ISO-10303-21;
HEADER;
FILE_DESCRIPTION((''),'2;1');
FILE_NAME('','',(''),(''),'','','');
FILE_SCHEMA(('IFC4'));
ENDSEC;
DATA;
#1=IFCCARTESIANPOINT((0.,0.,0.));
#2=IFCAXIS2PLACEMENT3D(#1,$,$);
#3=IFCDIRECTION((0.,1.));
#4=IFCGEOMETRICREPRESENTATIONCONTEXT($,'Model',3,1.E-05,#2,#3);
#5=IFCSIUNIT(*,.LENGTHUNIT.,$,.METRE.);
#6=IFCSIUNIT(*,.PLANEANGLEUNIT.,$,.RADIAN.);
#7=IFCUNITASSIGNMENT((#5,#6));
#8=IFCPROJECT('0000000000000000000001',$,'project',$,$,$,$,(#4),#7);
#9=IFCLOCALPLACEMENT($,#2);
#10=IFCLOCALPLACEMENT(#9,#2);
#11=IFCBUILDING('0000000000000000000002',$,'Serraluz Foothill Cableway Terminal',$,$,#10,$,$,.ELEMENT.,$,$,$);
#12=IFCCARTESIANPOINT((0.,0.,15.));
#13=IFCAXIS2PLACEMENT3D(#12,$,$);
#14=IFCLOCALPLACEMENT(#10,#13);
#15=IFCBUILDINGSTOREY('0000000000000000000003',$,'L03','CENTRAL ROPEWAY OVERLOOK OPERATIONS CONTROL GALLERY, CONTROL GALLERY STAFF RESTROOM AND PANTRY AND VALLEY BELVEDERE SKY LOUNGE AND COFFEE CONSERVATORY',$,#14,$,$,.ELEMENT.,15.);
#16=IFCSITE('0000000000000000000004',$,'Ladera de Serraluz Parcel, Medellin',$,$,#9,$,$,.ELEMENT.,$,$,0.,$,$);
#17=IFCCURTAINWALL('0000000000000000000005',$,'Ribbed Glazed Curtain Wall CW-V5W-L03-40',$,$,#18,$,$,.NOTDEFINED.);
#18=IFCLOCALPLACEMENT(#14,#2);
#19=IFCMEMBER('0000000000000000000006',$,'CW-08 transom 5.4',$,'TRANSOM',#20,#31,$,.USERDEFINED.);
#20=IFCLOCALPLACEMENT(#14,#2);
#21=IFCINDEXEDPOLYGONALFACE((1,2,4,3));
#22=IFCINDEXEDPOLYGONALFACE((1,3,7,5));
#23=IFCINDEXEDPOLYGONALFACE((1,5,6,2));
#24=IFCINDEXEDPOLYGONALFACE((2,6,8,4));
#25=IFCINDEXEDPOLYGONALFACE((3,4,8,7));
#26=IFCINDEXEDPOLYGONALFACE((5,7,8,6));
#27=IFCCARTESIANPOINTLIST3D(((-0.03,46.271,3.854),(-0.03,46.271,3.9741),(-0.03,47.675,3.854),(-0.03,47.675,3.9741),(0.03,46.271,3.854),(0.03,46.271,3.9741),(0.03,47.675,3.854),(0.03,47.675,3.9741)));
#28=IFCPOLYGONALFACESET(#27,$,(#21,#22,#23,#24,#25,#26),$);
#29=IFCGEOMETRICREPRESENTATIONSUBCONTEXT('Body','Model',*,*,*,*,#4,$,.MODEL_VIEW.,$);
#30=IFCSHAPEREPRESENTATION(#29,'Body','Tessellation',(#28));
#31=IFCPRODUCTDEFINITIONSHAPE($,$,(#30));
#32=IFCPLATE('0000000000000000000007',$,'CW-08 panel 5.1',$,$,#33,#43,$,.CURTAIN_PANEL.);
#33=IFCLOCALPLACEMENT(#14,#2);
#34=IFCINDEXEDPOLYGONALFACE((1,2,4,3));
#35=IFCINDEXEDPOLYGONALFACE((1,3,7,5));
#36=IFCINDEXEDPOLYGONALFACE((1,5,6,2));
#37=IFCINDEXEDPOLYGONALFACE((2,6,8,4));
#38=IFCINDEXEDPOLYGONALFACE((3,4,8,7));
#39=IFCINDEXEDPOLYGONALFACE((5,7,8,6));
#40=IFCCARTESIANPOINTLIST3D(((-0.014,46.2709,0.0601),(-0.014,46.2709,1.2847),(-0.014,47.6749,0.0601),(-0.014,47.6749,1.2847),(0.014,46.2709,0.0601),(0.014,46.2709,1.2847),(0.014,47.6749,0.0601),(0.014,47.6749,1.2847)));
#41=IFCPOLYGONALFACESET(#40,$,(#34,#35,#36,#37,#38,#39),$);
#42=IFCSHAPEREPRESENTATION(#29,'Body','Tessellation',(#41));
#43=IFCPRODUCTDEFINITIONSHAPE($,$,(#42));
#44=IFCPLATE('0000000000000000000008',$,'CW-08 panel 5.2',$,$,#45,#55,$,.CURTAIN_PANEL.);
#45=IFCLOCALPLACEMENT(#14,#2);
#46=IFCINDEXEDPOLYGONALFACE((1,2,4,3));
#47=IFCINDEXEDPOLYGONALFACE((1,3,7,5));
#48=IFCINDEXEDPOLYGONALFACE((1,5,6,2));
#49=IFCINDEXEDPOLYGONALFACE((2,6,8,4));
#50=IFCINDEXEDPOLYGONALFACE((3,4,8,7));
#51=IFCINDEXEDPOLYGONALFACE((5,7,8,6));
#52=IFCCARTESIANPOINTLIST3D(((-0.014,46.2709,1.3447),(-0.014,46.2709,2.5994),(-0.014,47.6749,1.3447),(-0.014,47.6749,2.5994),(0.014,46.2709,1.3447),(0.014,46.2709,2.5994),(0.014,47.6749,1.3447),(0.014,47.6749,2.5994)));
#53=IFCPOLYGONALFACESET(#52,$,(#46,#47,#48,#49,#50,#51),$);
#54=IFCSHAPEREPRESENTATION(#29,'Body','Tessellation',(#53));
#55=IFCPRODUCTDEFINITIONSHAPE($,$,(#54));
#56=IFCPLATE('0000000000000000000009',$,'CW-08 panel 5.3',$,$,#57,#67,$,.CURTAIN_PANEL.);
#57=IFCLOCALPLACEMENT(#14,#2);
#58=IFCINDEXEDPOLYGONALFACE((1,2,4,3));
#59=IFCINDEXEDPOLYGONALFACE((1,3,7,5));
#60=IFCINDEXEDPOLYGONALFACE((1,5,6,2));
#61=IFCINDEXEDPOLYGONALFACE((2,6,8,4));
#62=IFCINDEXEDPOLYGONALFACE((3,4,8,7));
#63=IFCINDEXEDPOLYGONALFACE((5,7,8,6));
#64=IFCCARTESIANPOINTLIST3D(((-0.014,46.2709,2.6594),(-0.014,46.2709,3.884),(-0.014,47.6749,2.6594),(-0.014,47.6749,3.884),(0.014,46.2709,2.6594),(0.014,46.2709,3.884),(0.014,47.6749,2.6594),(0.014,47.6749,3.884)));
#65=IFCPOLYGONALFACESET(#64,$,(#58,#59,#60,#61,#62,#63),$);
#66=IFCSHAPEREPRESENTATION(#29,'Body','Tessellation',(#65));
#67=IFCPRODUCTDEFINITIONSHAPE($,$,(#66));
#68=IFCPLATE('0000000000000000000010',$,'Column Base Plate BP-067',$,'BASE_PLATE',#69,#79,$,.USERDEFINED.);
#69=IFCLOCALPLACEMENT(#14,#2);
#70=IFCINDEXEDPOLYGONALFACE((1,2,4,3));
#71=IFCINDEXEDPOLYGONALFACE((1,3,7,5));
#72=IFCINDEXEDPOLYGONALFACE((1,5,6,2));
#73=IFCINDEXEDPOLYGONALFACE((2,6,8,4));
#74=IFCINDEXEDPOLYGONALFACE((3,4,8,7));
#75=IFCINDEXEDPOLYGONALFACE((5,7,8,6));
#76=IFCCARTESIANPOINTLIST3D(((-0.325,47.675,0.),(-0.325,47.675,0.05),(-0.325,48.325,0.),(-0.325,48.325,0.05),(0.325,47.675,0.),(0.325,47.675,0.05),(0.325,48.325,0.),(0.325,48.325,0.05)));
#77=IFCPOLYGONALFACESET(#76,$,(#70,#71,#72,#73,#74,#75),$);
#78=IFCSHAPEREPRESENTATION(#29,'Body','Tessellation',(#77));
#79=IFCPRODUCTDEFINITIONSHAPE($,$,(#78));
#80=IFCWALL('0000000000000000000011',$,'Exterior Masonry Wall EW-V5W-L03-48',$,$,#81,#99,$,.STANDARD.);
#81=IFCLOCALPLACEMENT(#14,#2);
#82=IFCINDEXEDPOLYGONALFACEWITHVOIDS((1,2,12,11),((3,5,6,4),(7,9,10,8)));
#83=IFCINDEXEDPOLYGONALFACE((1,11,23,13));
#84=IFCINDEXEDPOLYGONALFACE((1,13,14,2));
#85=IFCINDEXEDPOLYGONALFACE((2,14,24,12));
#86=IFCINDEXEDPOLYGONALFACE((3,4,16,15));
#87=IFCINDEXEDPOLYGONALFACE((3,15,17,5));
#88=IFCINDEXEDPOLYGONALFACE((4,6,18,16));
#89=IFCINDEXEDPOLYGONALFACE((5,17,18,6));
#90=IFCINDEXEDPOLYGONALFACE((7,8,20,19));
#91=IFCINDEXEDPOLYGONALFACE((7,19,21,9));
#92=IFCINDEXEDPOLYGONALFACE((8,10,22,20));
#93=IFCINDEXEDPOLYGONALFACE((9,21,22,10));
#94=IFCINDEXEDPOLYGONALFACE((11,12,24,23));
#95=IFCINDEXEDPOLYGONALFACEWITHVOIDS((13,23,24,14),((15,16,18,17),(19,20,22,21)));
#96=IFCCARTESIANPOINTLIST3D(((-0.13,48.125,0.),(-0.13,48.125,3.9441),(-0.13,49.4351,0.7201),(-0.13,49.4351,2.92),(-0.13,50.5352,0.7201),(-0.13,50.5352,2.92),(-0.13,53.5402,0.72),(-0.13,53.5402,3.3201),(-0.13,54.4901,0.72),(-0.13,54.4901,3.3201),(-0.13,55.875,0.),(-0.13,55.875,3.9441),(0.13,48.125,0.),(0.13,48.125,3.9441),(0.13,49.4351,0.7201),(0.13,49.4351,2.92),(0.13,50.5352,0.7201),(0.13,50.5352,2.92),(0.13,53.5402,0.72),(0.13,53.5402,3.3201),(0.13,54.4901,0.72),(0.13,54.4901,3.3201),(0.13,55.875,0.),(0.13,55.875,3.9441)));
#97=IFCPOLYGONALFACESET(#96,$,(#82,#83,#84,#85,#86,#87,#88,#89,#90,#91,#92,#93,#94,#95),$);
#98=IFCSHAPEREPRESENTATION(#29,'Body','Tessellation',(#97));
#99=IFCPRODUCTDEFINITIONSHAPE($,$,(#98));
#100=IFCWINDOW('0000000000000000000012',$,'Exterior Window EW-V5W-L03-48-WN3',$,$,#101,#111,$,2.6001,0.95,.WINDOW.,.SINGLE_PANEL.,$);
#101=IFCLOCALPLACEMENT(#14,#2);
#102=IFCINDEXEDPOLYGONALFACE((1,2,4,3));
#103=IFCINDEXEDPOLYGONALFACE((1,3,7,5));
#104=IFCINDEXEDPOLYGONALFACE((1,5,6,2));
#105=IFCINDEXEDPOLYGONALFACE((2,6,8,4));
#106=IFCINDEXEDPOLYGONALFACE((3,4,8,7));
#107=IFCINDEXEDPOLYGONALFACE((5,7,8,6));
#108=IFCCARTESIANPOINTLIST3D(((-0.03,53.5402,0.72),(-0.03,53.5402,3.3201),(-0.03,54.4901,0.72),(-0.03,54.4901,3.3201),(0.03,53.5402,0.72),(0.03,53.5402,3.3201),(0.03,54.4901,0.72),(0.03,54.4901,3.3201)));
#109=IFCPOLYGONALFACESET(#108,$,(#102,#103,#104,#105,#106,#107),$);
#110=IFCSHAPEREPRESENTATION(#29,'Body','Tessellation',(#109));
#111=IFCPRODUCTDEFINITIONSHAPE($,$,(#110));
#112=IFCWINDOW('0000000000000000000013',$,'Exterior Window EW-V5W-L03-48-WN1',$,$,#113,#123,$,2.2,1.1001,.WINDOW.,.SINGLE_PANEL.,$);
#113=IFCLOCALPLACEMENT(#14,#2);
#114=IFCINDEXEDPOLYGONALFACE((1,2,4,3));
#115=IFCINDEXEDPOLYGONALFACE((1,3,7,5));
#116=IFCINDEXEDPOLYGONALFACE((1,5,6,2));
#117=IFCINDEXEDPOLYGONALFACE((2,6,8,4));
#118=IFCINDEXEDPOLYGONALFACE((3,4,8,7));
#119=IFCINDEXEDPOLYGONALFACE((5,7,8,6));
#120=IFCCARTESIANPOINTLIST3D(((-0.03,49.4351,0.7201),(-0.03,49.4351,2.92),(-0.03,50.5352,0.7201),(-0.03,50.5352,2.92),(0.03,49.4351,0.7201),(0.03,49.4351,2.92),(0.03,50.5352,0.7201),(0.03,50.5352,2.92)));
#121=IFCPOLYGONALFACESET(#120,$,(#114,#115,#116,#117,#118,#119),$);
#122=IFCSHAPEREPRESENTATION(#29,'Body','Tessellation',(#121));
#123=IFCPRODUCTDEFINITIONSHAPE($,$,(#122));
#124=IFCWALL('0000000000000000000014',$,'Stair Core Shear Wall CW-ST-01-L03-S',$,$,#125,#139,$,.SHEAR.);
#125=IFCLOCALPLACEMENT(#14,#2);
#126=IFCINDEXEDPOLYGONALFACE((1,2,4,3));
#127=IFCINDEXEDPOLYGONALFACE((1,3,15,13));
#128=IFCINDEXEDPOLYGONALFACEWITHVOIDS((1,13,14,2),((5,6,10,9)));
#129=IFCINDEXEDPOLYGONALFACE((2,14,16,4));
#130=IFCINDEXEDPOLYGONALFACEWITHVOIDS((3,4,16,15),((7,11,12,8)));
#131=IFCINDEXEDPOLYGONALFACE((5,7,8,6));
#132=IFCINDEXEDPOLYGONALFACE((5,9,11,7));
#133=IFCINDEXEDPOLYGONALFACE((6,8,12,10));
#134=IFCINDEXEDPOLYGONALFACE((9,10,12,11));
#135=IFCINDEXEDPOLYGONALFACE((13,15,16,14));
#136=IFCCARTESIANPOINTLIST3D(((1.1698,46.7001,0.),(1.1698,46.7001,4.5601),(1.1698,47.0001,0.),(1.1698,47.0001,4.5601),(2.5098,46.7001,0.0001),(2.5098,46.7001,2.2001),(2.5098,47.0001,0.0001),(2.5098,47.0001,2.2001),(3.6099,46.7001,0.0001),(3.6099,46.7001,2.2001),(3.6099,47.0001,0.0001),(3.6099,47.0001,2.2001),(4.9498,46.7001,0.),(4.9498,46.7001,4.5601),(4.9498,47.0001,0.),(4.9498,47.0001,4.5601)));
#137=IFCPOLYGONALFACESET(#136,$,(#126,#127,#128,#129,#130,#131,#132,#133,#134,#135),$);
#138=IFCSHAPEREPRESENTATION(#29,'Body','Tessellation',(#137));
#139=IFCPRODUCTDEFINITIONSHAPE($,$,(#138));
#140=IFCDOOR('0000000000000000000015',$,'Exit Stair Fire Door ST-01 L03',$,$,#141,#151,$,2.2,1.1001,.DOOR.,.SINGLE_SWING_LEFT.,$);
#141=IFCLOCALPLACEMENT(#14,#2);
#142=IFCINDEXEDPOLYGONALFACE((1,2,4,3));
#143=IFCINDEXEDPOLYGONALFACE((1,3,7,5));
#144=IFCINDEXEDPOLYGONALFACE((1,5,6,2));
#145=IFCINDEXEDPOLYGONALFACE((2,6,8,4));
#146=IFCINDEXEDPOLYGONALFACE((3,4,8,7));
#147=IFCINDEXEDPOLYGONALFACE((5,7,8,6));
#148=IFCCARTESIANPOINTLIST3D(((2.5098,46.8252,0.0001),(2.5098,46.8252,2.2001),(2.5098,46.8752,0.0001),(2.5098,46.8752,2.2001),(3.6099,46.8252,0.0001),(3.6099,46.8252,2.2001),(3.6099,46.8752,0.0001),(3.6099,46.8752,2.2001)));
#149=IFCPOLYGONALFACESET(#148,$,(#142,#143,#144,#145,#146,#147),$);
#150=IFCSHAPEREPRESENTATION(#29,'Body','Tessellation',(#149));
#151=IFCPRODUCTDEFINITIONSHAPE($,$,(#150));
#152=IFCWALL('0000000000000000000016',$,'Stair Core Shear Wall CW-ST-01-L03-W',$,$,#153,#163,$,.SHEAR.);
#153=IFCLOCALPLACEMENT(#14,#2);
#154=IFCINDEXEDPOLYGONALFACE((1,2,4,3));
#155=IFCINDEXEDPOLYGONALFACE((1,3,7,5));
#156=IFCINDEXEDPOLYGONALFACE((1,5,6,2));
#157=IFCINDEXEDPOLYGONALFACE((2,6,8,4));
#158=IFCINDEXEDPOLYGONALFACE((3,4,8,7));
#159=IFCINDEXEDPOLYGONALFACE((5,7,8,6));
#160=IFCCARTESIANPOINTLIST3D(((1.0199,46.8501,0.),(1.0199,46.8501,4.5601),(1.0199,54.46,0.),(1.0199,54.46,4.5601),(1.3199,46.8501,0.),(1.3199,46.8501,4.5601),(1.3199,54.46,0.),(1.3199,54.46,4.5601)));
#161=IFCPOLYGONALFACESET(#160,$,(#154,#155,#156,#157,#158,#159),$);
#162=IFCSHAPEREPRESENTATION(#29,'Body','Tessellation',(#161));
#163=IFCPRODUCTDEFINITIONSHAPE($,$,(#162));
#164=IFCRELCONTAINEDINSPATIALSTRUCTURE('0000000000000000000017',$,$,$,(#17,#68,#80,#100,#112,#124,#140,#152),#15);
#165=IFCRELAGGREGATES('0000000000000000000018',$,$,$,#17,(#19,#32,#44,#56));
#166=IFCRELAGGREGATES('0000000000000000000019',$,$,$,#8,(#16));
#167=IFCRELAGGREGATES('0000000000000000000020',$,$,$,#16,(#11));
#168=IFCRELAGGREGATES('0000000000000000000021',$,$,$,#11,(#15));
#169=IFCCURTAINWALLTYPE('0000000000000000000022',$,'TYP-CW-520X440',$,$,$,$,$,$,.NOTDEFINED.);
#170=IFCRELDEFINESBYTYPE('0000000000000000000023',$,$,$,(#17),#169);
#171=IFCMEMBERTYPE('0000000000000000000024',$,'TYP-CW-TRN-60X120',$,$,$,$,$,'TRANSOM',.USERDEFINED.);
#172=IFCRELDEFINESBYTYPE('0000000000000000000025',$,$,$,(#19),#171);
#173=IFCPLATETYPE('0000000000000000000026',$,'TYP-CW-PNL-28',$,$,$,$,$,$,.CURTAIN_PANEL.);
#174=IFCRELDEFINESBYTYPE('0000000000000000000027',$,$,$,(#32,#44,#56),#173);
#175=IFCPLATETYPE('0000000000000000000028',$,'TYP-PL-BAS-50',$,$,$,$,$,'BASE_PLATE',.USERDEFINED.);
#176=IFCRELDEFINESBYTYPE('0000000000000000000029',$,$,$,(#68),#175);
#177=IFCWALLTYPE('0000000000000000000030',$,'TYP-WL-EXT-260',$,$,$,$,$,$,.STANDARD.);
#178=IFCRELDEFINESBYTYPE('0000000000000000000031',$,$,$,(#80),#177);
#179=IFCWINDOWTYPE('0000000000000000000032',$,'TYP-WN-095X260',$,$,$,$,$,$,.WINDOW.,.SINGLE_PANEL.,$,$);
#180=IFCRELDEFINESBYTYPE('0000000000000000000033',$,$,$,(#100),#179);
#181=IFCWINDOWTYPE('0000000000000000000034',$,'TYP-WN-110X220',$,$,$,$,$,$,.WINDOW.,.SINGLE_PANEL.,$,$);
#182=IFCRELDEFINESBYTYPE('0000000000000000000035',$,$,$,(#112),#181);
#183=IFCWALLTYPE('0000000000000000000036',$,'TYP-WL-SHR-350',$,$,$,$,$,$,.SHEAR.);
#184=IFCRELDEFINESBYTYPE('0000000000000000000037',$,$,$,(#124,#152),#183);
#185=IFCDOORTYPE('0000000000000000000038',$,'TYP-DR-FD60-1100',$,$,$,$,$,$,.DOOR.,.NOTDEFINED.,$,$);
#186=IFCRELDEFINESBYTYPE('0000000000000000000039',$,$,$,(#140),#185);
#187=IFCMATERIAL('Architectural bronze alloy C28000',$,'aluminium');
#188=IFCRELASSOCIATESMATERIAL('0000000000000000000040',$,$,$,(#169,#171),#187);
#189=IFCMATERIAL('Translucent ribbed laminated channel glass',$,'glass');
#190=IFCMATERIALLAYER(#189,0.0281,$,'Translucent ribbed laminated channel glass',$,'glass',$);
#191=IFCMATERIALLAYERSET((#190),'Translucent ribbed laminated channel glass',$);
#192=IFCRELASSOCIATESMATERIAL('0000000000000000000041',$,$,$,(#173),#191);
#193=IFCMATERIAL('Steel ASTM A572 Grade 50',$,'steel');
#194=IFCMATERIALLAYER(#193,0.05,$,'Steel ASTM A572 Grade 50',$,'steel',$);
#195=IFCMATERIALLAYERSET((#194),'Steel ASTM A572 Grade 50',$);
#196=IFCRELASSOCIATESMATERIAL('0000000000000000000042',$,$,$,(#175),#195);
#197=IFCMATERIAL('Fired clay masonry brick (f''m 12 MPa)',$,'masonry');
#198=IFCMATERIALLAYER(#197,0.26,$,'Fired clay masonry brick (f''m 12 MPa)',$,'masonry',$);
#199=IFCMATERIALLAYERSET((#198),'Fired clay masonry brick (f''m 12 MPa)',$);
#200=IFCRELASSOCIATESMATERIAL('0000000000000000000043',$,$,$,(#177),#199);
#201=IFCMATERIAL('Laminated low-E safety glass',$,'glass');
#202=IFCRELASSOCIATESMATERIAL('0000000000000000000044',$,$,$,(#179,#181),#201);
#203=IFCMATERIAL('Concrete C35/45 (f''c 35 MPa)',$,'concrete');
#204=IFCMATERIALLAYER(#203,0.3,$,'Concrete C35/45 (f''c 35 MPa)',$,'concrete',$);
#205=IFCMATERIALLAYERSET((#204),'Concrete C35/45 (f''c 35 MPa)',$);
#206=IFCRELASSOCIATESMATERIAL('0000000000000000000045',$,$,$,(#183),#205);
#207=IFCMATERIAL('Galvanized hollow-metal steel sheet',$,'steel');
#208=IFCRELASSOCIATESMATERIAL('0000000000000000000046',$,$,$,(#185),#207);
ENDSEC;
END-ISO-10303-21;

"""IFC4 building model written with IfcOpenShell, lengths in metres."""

from ifc_helpers import new_model, si_unit, direction, frame, frame_2d, origin, origin_2d, place, context, subcontext, project, spatial, rectangle, extrude, material, layer, layer_set, material_profile, profile_set, type_object, element, fill, aggregate, save


model = new_model("IFC4")

# Units and contexts
model_context = context("Model", 3, precision=1e-05, world=origin(), true_north=direction((0.0, 1.0)))
body_context = subcontext(model_context, "Body", "Model", "MODEL_VIEW")
ifc_project = project(units=[si_unit("LENGTHUNIT", "METRE"), si_unit("PLANEANGLEUNIT", "RADIAN")], contexts=[model_context])

# Site, building, storey
site_placement = place(None, origin())
site = spatial("IfcSite", under=ifc_project, at=site_placement, Name="Ladera de Serraluz Parcel, Medellin", CompositionType="ELEMENT", RefElevation=0.0)
building_placement = place(site_placement, origin())
building = spatial("IfcBuilding", under=site, at=building_placement, Name="Serraluz Foothill Cableway Terminal", CompositionType="ELEMENT")
storey_placement = place(building_placement, frame((0.0, 0.0, 15.0)))
storey = spatial("IfcBuildingStorey", under=building, at=storey_placement, Name="L03", Description="CENTRAL ROPEWAY OVERLOOK OPERATIONS CONTROL GALLERY, CONTROL GALLERY STAFF RESTROOM AND PANTRY AND VALLEY BELVEDERE SKY LOUNGE AND COFFEE CONSERVATORY", CompositionType="ELEMENT", Elevation=15.0)

# Shared definitions
ifc_material_1 = material(Name="Steel ASTM A572 Grade 50", Category="steel")

# Curtain wall, member, plates
ifc_material_2 = material(Name="Architectural bronze alloy C28000", Category="aluminium")
curtain_wall_type = type_object("IfcCurtainWallType", Name="TYP-CW-520X440", PredefinedType="NOTDEFINED", material=ifc_material_2)
curtain_wall_placement = place(storey_placement, origin())
curtain_wall = element("IfcCurtainWall", 1, at=curtain_wall_placement, inside=storey, type_object=curtain_wall_type, Name="Ribbed Glazed Curtain Wall CW-V5W-L03-40", PredefinedType="NOTDEFINED")
ifc_material_profile_1 = material_profile(ifc_material_2, rectangle(XDim=0.0601, YDim=0.1201, at=origin_2d()), Name="ALU TRANSOM 60x120")
ifc_profile_set_1 = profile_set([ifc_material_profile_1], Name="Architectural bronze alloy C28000")
member_type_1 = type_object("IfcMemberType", Name="TYP-CW-TRN-60X120", ElementType="TRANSOM", PredefinedType="USERDEFINED", material=ifc_profile_set_1)
member_1_placement = place(storey_placement, frame((0.0, 46.271, 3.9141), z_axis=(0.0, 1.0, 0.0), x_axis=(-1.0, 0.0, 0.0)))
member_1 = element("IfcMember", 2, at=member_1_placement, type_object=member_type_1, Name="CW-08 transom 5.4", ObjectType="TRANSOM", PredefinedType="USERDEFINED", context=body_context, shape_type="SweptSolid", body=[
    extrude(rectangle(XDim=0.0601, YDim=0.1201, at=origin_2d()), origin(), (0.0, 0.0, 1.0), 1.4041),
])
ifc_material_3 = material(Name="Translucent ribbed laminated channel glass", Category="glass")
ifc_layer_1 = layer(ifc_material_3, 0.0281, Name="Translucent ribbed laminated channel glass", Category="glass")
ifc_layer_set_1 = layer_set([ifc_layer_1], Name="Translucent ribbed laminated channel glass")
plate_type_1 = type_object("IfcPlateType", Name="TYP-CW-PNL-28", PredefinedType="CURTAIN_PANEL", material=ifc_layer_set_1)
plate_1_placement = place(storey_placement, frame((0.0, 46.9729, 0.0601), z_axis=(0.0, 0.0, 1.0), x_axis=(0.0, 1.0, 0.0)))
plate_1 = element("IfcPlate", 3, at=plate_1_placement, type_object=plate_type_1, Name="CW-08 panel 5.1", PredefinedType="CURTAIN_PANEL", context=body_context, shape_type="SweptSolid", body=[
    extrude(rectangle(XDim=1.4041, YDim=0.0281, at=origin_2d()), origin(), (0.0, 0.0, 1.0), 1.2246),
])
plate_2_placement = place(storey_placement, frame((0.0, 46.9729, 1.3447), z_axis=(0.0, 0.0, 1.0), x_axis=(0.0, 1.0, 0.0)))
plate_2 = element("IfcPlate", 4, at=plate_2_placement, type_object=plate_type_1, Name="CW-08 panel 5.2", PredefinedType="CURTAIN_PANEL", context=body_context, shape_type="SweptSolid", body=[
    extrude(rectangle(XDim=1.4041, YDim=0.0281, at=origin_2d()), origin(), (0.0, 0.0, 1.0), 1.2546),
])
plate_3_placement = place(storey_placement, frame((0.0, 46.9729, 2.6594), z_axis=(0.0, 0.0, 1.0), x_axis=(0.0, 1.0, 0.0)))
plate_3 = element("IfcPlate", 5, at=plate_3_placement, type_object=plate_type_1, Name="CW-08 panel 5.3", PredefinedType="CURTAIN_PANEL", context=body_context, shape_type="SweptSolid", body=[
    extrude(rectangle(XDim=1.4041, YDim=0.0281, at=origin_2d()), origin(), (0.0, 0.0, 1.0), 1.2246),
])
aggregate(curtain_wall, [member_1, plate_1, plate_2, plate_3])

# Plate
ifc_layer_2 = layer(ifc_material_1, 0.05, Name="Steel ASTM A572 Grade 50", Category="steel")
ifc_layer_set_2 = layer_set([ifc_layer_2], Name="Steel ASTM A572 Grade 50")
plate_type_2 = type_object("IfcPlateType", Name="TYP-PL-BAS-50", ElementType="BASE_PLATE", PredefinedType="USERDEFINED", material=ifc_layer_set_2)
plate_4_placement = place(storey_placement, frame((0.0, 48.0, 0.0), z_axis=(0.0, 0.0, 1.0), x_axis=(1.0, 0.0, 0.0)))
element("IfcPlate", 6, at=plate_4_placement, inside=storey, type_object=plate_type_2, Name="Column Base Plate BP-067", ObjectType="BASE_PLATE", PredefinedType="USERDEFINED", context=body_context, shape_type="SweptSolid", body=[
    extrude(rectangle(XDim=0.6499, YDim=0.6499, at=origin_2d()), origin(), (0.0, 0.0, 1.0), 0.05),
])

# Wall, openings, windows
ifc_material_4 = material(Name="Fired clay masonry brick (f'm 12 MPa)", Category="masonry")
ifc_layer_3 = layer(ifc_material_4, 0.26, Name="Fired clay masonry brick (f'm 12 MPa)", Category="masonry")
ifc_layer_set_3 = layer_set([ifc_layer_3], Name="Fired clay masonry brick (f'm 12 MPa)")
wall_type_1 = type_object("IfcWallType", Name="TYP-WL-EXT-260", PredefinedType="STANDARD", material=ifc_layer_set_3)
wall_1_placement = place(storey_placement, frame((0.0, 48.125, 0.0), z_axis=(0.0, 0.0, 1.0), x_axis=(0.0, 1.0, 0.0)))
wall_1 = element("IfcWall", 7, at=wall_1_placement, inside=storey, type_object=wall_type_1, Name="Exterior Masonry Wall EW-V5W-L03-48", PredefinedType="STANDARD", context=body_context, shape_type="SweptSolid", body=[
    extrude(rectangle(XDim=7.75, YDim=0.26, at=frame_2d((3.875, 0.0))), origin(), (0.0, 0.0, 1.0), 3.9441),
])
opening_1_placement = place(wall_1_placement, frame((1.3101, 0.0, 0.72)))
opening_1 = element("IfcOpeningElement", 8, at=opening_1_placement, cuts=wall_1, PredefinedType="OPENING", context=body_context, shape_type="SweptSolid", body=[
    extrude(rectangle(XDim=1.1001, YDim=2.2, at=frame_2d((0.55, 1.1001))), frame((0.0, 0.1401, 0.0), z_axis=(0.0, -1.0, 0.0), x_axis=(1.0, 0.0, 0.0)), (0.0, 0.0, 1.0), 0.28),
])
opening_2_placement = place(wall_1_placement, frame((5.415, 0.0, 0.72)))
opening_2 = element("IfcOpeningElement", 9, at=opening_2_placement, cuts=wall_1, PredefinedType="OPENING", context=body_context, shape_type="SweptSolid", body=[
    extrude(rectangle(XDim=0.95, YDim=2.6001, at=frame_2d((0.4751, 1.3))), frame((0.0, 0.1401, 0.0), z_axis=(0.0, -1.0, 0.0), x_axis=(1.0, 0.0, 0.0)), (0.0, 0.0, 1.0), 0.28),
])
ifc_material_5 = material(Name="Laminated low-E safety glass", Category="glass")
window_type_1 = type_object("IfcWindowType", Name="TYP-WN-095X260", PartitioningType="SINGLE_PANEL", PredefinedType="WINDOW", material=ifc_material_5)
window_1_placement = place(opening_2_placement, origin())
window_1 = element("IfcWindow", 10, at=window_1_placement, inside=storey, type_object=window_type_1, Name="Exterior Window EW-V5W-L03-48-WN3", OverallHeight=2.6001, OverallWidth=0.95, PartitioningType="SINGLE_PANEL", PredefinedType="WINDOW", context=body_context, shape_type="SweptSolid", body=[
    extrude(rectangle(XDim=0.95, YDim=2.6001, at=frame_2d((0.4751, 1.3))), frame((0.0, 0.03, 0.0), z_axis=(0.0, -1.0, 0.0), x_axis=(1.0, 0.0, 0.0)), (0.0, 0.0, 1.0), 0.0601),
])
fill(opening_2, window_1)
window_type_2 = type_object("IfcWindowType", Name="TYP-WN-110X220", PartitioningType="SINGLE_PANEL", PredefinedType="WINDOW", material=ifc_material_5)
window_2_placement = place(opening_1_placement, origin())
window_2 = element("IfcWindow", 11, at=window_2_placement, inside=storey, type_object=window_type_2, Name="Exterior Window EW-V5W-L03-48-WN1", OverallHeight=2.2, OverallWidth=1.1001, PartitioningType="SINGLE_PANEL", PredefinedType="WINDOW", context=body_context, shape_type="SweptSolid", body=[
    extrude(rectangle(XDim=1.1001, YDim=2.2, at=frame_2d((0.55, 1.1001))), frame((0.0, 0.03, 0.0), z_axis=(0.0, -1.0, 0.0), x_axis=(1.0, 0.0, 0.0)), (0.0, 0.0, 1.0), 0.0601),
])
fill(opening_1, window_2)

# Wall, opening, door
ifc_material_6 = material(Name="Concrete C35/45 (f'c 35 MPa)", Category="concrete")
ifc_layer_4 = layer(ifc_material_6, 0.3, Name="Concrete C35/45 (f'c 35 MPa)", Category="concrete")
ifc_layer_set_4 = layer_set([ifc_layer_4], Name="Concrete C35/45 (f'c 35 MPa)")
wall_type_2 = type_object("IfcWallType", Name="TYP-WL-SHR-350", PredefinedType="SHEAR", material=ifc_layer_set_4)
wall_2_placement = place(storey_placement, frame((4.95, 46.8501, 0.0), z_axis=(0.0, 0.0, 1.0), x_axis=(-1.0, 0.0, 0.0)))
wall_2 = element("IfcWall", 12, at=wall_2_placement, inside=storey, type_object=wall_type_2, Name="Stair Core Shear Wall CW-ST-01-L03-S", PredefinedType="SHEAR", context=body_context, shape_type="SweptSolid", body=[
    extrude(rectangle(XDim=3.78, YDim=0.3, at=frame_2d((1.8901, 0.0))), origin(), (0.0, 0.0, 1.0), 4.5601),
])
opening_3_placement = place(wall_2_placement, frame((1.3401, 0.0, 0.0)))
opening_3 = element("IfcOpeningElement", 13, at=opening_3_placement, cuts=wall_2, PredefinedType="OPENING", context=body_context, shape_type="SweptSolid", body=[
    extrude(rectangle(XDim=1.1001, YDim=2.2, at=frame_2d((0.55, 1.1001))), frame((0.0, 0.1602, 0.0), z_axis=(0.0, -1.0, 0.0), x_axis=(1.0, 0.0, 0.0)), (0.0, 0.0, 1.0), 0.3201),
])
ifc_material_7 = material(Name="Galvanized hollow-metal steel sheet", Category="steel")
door_type = type_object("IfcDoorType", Name="TYP-DR-FD60-1100", OperationType="NOTDEFINED", PredefinedType="DOOR", material=ifc_material_7)
door_placement = place(opening_3_placement, origin())
door = element("IfcDoor", 14, at=door_placement, inside=storey, type_object=door_type, Name="Exit Stair Fire Door ST-01 L03", OperationType="SINGLE_SWING_LEFT", OverallHeight=2.2, OverallWidth=1.1001, PredefinedType="DOOR", context=body_context, shape_type="SweptSolid", body=[
    extrude(rectangle(XDim=1.1001, YDim=2.2, at=frame_2d((0.55, 1.1001))), frame((0.0, 0.0249, 0.0), z_axis=(0.0, -1.0, 0.0), x_axis=(1.0, 0.0, 0.0)), (0.0, 0.0, 1.0), 0.05),
])
fill(opening_3, door)

# Wall
wall_3_placement = place(storey_placement, frame((1.1699, 46.8501, 0.0), z_axis=(0.0, 0.0, 1.0), x_axis=(0.0, 1.0, 0.0)))
element("IfcWall", 15, at=wall_3_placement, inside=storey, type_object=wall_type_2, Name="Stair Core Shear Wall CW-ST-01-L03-W", PredefinedType="SHEAR", context=body_context, shape_type="SweptSolid", body=[
    extrude(rectangle(XDim=7.6099, YDim=0.3, at=frame_2d((3.8049, 0.0))), origin(), (0.0, 0.0, 1.0), 4.5601),
])

save(model, "model.ifc")
